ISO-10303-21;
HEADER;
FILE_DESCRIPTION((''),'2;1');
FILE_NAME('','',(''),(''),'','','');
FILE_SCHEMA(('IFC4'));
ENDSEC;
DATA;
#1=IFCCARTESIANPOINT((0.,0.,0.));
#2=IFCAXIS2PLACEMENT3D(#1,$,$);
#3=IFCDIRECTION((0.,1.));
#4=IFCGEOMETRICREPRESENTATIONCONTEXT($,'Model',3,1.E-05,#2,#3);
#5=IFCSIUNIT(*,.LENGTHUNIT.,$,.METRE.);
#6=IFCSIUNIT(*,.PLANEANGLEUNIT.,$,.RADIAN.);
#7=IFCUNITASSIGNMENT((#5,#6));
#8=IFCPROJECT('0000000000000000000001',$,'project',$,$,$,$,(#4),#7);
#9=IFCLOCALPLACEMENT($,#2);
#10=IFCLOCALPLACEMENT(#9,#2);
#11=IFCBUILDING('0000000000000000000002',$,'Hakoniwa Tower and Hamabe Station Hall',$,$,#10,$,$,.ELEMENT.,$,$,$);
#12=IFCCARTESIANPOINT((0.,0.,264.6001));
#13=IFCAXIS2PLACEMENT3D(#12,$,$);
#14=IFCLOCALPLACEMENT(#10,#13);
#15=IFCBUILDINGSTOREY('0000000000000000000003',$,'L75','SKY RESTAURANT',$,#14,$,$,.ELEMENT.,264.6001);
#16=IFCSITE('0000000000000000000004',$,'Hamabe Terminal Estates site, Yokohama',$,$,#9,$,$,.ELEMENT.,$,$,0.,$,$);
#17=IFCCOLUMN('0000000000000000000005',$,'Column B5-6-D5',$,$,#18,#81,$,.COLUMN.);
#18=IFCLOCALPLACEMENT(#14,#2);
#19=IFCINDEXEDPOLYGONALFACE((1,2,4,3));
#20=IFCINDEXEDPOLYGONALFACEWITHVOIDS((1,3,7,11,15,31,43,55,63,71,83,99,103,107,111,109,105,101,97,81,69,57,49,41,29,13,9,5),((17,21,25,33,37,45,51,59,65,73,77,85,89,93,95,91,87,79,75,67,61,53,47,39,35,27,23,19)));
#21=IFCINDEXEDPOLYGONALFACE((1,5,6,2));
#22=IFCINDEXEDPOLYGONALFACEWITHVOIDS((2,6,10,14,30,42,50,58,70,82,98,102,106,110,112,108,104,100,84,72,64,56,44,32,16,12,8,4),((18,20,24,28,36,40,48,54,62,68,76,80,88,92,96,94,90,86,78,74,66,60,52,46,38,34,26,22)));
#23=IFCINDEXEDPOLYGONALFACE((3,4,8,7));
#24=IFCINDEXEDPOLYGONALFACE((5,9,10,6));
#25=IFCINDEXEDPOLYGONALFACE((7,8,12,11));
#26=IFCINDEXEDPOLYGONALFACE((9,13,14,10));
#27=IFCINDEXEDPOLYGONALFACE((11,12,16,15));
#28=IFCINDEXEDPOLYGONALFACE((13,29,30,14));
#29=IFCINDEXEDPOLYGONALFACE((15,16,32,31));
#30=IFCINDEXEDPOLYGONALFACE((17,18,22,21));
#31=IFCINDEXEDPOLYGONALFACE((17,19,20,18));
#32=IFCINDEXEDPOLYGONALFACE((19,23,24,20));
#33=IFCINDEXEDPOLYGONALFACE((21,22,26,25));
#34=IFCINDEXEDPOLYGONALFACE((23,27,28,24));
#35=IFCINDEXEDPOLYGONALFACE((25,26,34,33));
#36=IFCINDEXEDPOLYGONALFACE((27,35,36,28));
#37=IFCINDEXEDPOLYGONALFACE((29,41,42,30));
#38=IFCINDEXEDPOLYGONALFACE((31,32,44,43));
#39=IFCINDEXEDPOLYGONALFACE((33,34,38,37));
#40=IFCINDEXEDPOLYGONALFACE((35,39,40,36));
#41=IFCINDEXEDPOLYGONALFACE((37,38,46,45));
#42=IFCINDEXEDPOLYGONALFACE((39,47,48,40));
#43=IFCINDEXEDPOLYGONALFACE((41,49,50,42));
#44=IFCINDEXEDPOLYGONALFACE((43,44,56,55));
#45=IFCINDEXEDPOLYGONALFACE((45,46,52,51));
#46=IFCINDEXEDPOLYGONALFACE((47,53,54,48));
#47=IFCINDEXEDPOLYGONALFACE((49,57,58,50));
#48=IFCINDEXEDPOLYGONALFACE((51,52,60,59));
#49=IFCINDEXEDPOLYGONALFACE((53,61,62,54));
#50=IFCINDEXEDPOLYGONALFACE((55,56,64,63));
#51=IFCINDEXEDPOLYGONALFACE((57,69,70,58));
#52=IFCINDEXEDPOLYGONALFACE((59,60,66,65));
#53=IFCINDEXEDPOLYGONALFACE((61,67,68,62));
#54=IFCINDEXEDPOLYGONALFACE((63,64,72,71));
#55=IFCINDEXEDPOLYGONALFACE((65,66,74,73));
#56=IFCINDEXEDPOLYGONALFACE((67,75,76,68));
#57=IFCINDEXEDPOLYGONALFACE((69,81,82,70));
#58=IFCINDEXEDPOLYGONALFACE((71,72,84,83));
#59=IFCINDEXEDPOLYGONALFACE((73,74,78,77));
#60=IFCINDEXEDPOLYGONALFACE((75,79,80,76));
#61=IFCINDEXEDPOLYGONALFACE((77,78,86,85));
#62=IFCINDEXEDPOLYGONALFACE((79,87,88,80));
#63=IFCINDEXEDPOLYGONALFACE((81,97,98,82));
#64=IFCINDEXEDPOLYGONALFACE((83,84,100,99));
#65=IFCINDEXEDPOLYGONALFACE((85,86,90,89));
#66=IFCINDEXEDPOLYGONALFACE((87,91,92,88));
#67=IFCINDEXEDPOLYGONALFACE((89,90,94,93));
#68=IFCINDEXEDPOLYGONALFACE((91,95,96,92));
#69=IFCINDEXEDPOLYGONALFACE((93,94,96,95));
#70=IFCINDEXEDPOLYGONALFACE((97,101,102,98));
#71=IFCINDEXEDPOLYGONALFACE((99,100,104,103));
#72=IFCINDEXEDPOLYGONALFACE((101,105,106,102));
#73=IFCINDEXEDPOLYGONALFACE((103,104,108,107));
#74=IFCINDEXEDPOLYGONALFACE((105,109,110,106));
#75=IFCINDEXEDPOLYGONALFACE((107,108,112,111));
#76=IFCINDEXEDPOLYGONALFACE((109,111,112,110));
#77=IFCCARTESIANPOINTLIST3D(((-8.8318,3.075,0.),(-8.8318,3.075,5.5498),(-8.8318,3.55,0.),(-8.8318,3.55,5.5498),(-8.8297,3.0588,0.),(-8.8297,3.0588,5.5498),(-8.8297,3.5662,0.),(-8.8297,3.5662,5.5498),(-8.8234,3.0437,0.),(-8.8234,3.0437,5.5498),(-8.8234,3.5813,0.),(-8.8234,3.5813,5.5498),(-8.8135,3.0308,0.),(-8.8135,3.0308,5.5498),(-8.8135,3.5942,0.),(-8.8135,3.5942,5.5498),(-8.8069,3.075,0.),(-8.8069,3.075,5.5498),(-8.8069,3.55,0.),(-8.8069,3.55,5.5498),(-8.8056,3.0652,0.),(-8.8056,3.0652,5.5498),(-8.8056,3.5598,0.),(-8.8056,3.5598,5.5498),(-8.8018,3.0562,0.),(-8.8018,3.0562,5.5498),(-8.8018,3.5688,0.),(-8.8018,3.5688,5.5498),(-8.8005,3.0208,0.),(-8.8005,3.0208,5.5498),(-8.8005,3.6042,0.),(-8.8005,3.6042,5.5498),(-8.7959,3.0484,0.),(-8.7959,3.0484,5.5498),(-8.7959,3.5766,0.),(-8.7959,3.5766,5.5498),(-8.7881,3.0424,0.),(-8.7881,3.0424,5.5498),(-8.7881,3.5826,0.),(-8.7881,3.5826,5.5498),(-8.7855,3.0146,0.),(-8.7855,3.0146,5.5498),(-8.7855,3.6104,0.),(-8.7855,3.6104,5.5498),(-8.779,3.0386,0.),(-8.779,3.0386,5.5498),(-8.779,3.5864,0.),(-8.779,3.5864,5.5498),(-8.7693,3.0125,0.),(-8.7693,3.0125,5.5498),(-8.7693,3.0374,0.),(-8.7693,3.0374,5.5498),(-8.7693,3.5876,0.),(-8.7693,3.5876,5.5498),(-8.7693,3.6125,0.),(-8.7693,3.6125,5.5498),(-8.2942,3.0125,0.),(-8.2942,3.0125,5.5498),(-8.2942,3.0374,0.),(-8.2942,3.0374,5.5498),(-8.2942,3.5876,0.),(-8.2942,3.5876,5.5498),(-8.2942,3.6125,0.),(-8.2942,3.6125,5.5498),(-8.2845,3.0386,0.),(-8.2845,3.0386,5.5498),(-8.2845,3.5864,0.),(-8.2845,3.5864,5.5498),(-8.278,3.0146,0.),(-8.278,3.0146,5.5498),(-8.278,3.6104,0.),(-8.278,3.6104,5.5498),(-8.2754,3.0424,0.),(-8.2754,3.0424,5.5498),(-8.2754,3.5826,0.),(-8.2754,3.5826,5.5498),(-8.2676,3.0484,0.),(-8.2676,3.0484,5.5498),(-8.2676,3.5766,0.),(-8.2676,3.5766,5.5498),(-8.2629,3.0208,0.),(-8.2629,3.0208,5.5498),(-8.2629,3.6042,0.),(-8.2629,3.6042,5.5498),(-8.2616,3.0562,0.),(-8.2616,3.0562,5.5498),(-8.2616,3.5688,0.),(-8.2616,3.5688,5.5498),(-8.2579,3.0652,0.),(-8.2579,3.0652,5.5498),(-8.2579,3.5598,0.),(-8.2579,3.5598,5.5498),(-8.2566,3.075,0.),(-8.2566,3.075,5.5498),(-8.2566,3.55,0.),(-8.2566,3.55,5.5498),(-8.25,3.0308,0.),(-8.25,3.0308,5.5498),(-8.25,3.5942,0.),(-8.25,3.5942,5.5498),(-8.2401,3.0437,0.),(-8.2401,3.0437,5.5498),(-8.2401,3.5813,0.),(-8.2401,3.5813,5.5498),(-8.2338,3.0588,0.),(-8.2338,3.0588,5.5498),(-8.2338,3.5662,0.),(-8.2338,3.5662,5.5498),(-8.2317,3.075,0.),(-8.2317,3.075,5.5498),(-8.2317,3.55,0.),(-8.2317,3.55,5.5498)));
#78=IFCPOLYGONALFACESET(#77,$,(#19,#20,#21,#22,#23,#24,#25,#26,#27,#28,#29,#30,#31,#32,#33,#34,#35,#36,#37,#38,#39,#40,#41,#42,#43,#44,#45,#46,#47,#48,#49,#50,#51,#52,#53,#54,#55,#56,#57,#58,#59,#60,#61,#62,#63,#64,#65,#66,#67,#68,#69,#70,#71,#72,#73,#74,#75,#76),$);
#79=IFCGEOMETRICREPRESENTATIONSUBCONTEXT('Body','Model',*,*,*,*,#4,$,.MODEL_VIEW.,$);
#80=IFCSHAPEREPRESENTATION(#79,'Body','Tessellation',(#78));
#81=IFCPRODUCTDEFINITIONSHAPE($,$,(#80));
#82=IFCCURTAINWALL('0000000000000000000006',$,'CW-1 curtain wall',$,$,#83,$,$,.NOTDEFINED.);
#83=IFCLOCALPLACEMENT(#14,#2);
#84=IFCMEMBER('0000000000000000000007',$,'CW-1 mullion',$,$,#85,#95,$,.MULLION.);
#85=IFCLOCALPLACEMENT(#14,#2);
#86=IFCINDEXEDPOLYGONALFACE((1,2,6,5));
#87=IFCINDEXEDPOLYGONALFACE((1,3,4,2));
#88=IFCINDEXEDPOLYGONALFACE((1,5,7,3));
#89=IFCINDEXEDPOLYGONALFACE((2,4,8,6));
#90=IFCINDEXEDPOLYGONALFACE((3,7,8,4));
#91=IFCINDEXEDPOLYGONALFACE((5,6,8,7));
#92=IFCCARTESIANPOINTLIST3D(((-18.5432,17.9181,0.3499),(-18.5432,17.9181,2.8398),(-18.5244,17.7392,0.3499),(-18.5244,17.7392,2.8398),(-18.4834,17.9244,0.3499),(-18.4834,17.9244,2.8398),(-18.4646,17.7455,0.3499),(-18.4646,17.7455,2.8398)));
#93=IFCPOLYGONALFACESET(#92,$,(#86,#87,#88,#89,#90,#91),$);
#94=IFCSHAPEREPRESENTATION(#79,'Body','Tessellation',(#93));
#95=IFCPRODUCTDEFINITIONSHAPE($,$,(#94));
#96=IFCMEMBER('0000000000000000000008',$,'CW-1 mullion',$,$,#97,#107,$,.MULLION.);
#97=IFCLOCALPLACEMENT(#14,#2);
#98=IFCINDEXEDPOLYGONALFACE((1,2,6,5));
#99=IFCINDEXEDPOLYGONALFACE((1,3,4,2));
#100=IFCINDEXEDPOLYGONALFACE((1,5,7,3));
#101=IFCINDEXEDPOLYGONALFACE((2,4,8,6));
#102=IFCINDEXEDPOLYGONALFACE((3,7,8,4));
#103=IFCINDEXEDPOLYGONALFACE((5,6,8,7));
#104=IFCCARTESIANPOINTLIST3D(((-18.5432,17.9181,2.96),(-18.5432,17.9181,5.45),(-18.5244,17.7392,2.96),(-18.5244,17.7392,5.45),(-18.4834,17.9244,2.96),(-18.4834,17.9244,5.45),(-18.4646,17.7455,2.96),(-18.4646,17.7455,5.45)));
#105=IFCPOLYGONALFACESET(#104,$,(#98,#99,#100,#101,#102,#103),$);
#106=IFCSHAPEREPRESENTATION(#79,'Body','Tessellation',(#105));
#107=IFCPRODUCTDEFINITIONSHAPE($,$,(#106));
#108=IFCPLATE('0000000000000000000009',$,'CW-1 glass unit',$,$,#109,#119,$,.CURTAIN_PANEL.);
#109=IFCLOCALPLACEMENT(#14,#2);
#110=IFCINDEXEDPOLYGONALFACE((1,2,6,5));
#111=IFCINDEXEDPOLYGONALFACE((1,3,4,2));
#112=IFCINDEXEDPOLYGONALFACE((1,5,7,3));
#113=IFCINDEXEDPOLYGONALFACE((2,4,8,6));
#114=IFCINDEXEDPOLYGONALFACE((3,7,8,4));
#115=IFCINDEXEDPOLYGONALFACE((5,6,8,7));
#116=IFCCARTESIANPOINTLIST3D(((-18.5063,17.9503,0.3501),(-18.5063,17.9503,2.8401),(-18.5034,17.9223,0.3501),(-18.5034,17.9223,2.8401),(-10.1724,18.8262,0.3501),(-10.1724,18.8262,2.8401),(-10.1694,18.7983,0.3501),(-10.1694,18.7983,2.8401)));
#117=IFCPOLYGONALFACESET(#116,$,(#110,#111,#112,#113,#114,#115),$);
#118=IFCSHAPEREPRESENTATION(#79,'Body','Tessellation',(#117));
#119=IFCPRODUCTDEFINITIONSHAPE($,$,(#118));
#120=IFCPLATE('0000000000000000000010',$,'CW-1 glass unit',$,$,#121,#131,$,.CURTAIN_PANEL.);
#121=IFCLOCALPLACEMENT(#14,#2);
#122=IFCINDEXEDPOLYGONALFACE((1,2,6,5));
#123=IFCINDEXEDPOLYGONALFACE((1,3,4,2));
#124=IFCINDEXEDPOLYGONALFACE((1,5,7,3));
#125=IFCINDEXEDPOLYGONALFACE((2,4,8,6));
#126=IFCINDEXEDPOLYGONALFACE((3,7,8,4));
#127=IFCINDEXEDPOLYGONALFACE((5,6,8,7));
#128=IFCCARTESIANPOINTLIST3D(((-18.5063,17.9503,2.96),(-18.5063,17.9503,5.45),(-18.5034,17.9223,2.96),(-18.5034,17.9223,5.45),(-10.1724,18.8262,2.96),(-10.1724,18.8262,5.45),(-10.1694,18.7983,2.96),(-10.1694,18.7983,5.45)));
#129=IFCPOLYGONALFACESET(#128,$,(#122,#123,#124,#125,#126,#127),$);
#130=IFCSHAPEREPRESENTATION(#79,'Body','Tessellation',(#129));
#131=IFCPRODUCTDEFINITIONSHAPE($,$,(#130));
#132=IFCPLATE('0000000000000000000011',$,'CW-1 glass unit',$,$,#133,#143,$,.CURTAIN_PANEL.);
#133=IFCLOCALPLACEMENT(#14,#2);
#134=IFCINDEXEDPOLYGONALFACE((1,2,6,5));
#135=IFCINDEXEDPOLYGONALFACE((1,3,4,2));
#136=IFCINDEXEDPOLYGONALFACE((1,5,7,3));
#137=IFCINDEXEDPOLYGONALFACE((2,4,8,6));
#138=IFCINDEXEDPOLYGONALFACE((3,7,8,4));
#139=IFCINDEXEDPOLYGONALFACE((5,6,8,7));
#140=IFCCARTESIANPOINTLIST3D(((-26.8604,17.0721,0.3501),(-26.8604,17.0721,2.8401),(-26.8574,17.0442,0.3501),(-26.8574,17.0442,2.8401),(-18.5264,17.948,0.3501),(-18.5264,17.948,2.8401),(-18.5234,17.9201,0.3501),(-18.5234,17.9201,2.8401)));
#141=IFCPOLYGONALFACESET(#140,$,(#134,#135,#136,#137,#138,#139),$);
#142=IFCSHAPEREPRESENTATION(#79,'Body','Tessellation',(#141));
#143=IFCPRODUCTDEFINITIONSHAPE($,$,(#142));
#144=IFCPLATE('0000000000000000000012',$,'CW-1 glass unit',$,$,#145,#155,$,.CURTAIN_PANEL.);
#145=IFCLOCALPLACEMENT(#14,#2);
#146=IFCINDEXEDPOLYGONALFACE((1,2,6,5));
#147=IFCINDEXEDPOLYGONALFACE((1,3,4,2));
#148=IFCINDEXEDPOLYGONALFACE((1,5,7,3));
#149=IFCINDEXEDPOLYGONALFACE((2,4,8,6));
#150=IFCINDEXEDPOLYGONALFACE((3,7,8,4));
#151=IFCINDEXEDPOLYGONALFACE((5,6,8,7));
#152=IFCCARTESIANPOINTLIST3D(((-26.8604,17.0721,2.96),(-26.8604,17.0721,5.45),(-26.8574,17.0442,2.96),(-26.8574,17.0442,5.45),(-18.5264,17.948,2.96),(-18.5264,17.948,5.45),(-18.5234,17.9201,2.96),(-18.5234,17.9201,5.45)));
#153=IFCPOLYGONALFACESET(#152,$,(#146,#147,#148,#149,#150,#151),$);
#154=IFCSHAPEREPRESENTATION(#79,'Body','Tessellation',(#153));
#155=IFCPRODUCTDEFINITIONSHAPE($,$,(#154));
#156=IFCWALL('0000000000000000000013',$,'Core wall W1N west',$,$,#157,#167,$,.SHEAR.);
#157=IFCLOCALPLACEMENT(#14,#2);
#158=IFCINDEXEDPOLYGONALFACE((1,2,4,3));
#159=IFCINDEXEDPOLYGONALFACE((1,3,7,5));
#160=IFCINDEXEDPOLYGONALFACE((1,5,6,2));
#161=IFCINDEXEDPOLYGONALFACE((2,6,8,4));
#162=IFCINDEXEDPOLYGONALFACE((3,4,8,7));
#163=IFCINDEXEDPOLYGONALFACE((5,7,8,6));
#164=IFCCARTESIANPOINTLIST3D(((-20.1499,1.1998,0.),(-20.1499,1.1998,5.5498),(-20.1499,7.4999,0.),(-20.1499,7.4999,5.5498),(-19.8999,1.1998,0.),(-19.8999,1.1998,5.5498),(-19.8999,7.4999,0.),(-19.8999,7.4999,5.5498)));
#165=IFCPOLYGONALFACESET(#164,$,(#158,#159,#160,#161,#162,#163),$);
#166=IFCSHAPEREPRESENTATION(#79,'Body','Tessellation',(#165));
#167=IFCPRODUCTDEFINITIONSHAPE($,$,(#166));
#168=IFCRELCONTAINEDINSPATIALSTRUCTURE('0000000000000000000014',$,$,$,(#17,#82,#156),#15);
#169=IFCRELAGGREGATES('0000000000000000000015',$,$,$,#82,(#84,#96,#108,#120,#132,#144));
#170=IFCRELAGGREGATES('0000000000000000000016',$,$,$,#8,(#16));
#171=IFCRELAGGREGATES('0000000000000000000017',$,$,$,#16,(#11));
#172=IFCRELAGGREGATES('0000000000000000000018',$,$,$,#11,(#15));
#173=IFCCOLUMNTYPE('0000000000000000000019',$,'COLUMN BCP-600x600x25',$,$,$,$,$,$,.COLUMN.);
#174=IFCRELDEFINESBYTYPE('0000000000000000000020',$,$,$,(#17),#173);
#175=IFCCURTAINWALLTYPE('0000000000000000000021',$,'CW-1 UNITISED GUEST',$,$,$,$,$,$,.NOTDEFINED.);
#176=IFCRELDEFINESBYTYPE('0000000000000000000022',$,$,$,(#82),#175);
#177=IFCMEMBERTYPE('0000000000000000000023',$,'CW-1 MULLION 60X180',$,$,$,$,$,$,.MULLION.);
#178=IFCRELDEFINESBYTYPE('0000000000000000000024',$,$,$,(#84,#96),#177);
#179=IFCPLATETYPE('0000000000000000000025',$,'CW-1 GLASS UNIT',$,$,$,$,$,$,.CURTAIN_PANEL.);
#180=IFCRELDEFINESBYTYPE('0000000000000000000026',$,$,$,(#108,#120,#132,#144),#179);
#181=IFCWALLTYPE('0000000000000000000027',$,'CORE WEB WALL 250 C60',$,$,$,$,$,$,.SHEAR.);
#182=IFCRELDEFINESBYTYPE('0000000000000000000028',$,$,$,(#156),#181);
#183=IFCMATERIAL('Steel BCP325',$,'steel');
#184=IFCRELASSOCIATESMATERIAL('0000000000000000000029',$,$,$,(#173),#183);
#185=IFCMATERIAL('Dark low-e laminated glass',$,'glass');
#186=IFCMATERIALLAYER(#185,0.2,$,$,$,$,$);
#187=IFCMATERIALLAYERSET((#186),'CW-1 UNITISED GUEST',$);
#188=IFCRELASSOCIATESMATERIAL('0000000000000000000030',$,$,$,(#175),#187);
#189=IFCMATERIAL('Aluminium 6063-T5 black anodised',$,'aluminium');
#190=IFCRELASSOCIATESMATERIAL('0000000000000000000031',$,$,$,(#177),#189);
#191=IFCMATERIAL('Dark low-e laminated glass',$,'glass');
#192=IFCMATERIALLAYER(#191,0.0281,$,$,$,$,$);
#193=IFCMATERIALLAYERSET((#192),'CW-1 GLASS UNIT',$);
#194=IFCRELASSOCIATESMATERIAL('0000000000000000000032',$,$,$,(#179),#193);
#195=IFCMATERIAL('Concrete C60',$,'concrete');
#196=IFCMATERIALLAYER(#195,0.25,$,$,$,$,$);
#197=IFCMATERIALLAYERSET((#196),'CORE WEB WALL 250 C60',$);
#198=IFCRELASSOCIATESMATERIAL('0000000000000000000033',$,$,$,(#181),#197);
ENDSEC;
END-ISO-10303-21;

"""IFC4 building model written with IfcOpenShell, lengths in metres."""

from ifc_helpers import new_model, si_unit, direction, frame, frame_2d, origin, origin_2d, place, context, subcontext, project, spatial, rectangle, hollow_rectangle, extrude, material, layer, layer_set, material_profile, profile_set, type_object, element, aggregate, save


model = new_model("IFC4")

# Units and contexts
model_context = context("Model", 3, precision=1e-05, world=origin(), true_north=direction((0.0, 1.0)))
body_context = subcontext(model_context, "Body", "Model", "MODEL_VIEW")
ifc_project = project(units=[si_unit("LENGTHUNIT", "METRE"), si_unit("PLANEANGLEUNIT", "RADIAN")], contexts=[model_context])

# Site, building, storey
site_placement = place(None, origin())
site = spatial("IfcSite", under=ifc_project, at=site_placement, Name="Hamabe Terminal Estates site, Yokohama", CompositionType="ELEMENT", RefElevation=0.0)
building_placement = place(site_placement, origin())
building = spatial("IfcBuilding", under=site, at=building_placement, Name="Hakoniwa Tower and Hamabe Station Hall", CompositionType="ELEMENT")
storey_placement = place(building_placement, frame((0.0, 0.0, 264.6001)))
storey = spatial("IfcBuildingStorey", under=building, at=storey_placement, Name="L75", Description="SKY RESTAURANT", CompositionType="ELEMENT", Elevation=264.6001)

# Column
ifc_material_1 = material(Name="Steel BCP325", Category="steel")
ifc_material_profile_1 = material_profile(ifc_material_1, hollow_rectangle(XDim=0.6001, YDim=0.6001, WallThickness=0.0249, InnerFilletRadius=0.0376, OuterFilletRadius=0.0625, at=origin_2d()), Name="BCP-600x600x25")
ifc_profile_set_1 = profile_set([ifc_material_profile_1], Name="Steel BCP325")
column_type_1 = type_object("IfcColumnType", Name="COLUMN BCP-600x600x25", PredefinedType="COLUMN", material=ifc_profile_set_1)
column_placement = place(storey_placement, frame((-8.5317, 3.3125, 0.0), z_axis=(0.0, 0.0, 1.0), x_axis=(1.0, 0.0, 0.0)))
element("IfcColumn", 1, at=column_placement, inside=storey, type_object=column_type_1, Name="Column B5-6-D5", PredefinedType="COLUMN", context=body_context, shape_type="SweptSolid", body=[
    extrude(hollow_rectangle(XDim=0.6001, YDim=0.6001, WallThickness=0.0249, InnerFilletRadius=0.0376, OuterFilletRadius=0.0625, at=origin_2d()), origin(), (0.0, 0.0, 1.0), 5.5498),
])

# Curtain wall, members, plates
ifc_material_2 = material(Name="Dark low-e laminated glass", Category="glass")
ifc_layer_1 = layer(ifc_material_2, 0.2)
ifc_layer_set_1 = layer_set([ifc_layer_1], Name="CW-1 UNITISED GUEST")
curtain_wall_type = type_object("IfcCurtainWallType", Name="CW-1 UNITISED GUEST", PredefinedType="NOTDEFINED", material=ifc_layer_set_1)
curtain_wall_placement = place(storey_placement, origin())
curtain_wall = element("IfcCurtainWall", 2, at=curtain_wall_placement, inside=storey, type_object=curtain_wall_type, Name="CW-1 curtain wall", PredefinedType="NOTDEFINED")
ifc_material_3 = material(Name="Aluminium 6063-T5 black anodised", Category="aluminium")
ifc_material_profile_2 = material_profile(ifc_material_3, rectangle(XDim=0.0601, YDim=0.1799, at=origin_2d()), Name="CW-1 MULLION 60X180")
ifc_profile_set_2 = profile_set([ifc_material_profile_2], Name="Aluminium 6063-T5 black anodised")
member_type = type_object("IfcMemberType", Name="CW-1 MULLION 60X180", PredefinedType="MULLION", material=ifc_profile_set_2)
member_1_placement = place(storey_placement, frame((-18.5039, 17.8318, 0.3499), z_axis=(0.0, 0.0, 1.0), x_axis=(-0.994522, -0.104528, 0.0)))
member_1 = element("IfcMember", 3, at=member_1_placement, type_object=member_type, Name="CW-1 mullion", PredefinedType="MULLION", context=body_context, shape_type="SweptSolid", body=[
    extrude(rectangle(XDim=0.0601, YDim=0.1799, at=origin_2d()), origin(), (0.0, 0.0, 1.0), 2.49),
])
member_2_placement = place(storey_placement, frame((-18.5039, 17.8318, 2.96), z_axis=(0.0, 0.0, 1.0), x_axis=(-0.994522, -0.104528, 0.0)))
member_2 = element("IfcMember", 4, at=member_2_placement, type_object=member_type, Name="CW-1 mullion", PredefinedType="MULLION", context=body_context, shape_type="SweptSolid", body=[
    extrude(rectangle(XDim=0.0601, YDim=0.1799, at=origin_2d()), origin(), (0.0, 0.0, 1.0), 2.49),
])
ifc_material_4 = material(Name="Dark low-e laminated glass", Category="glass")
ifc_layer_2 = layer(ifc_material_4, 0.0281)
ifc_layer_set_2 = layer_set([ifc_layer_2], Name="CW-1 GLASS UNIT")
plate_type = type_object("IfcPlateType", Name="CW-1 GLASS UNIT", PredefinedType="CURTAIN_PANEL", material=ifc_layer_set_2)
plate_1_placement = place(storey_placement, frame((-14.3379, 18.3743, 0.3501), z_axis=(0.0, 0.0, 1.0), x_axis=(-0.994522, -0.104528, 0.0)))
plate_1 = element("IfcPlate", 5, at=plate_1_placement, type_object=plate_type, Name="CW-1 glass unit", PredefinedType="CURTAIN_PANEL", context=body_context, shape_type="SweptSolid", body=[
    extrude(rectangle(XDim=8.3799, YDim=0.0281, at=origin_2d()), origin(), (0.0, 0.0, 1.0), 2.49),
])
plate_2_placement = place(storey_placement, frame((-14.3379, 18.3743, 2.96), z_axis=(0.0, 0.0, 1.0), x_axis=(-0.994522, -0.104528, 0.0)))
plate_2 = element("IfcPlate", 6, at=plate_2_placement, type_object=plate_type, Name="CW-1 glass unit", PredefinedType="CURTAIN_PANEL", context=body_context, shape_type="SweptSolid", body=[
    extrude(rectangle(XDim=8.3799, YDim=0.0281, at=origin_2d()), origin(), (0.0, 0.0, 1.0), 2.49),
])
plate_3_placement = place(storey_placement, frame((-22.6919, 17.4961, 0.3501), z_axis=(0.0, 0.0, 1.0), x_axis=(-0.994522, -0.104528, 0.0)))
plate_3 = element("IfcPlate", 7, at=plate_3_placement, type_object=plate_type, Name="CW-1 glass unit", PredefinedType="CURTAIN_PANEL", context=body_context, shape_type="SweptSolid", body=[
    extrude(rectangle(XDim=8.3799, YDim=0.0281, at=origin_2d()), origin(), (0.0, 0.0, 1.0), 2.49),
])
plate_4_placement = place(storey_placement, frame((-22.6919, 17.4961, 2.96), z_axis=(0.0, 0.0, 1.0), x_axis=(-0.994522, -0.104528, 0.0)))
plate_4 = element("IfcPlate", 8, at=plate_4_placement, type_object=plate_type, Name="CW-1 glass unit", PredefinedType="CURTAIN_PANEL", context=body_context, shape_type="SweptSolid", body=[
    extrude(rectangle(XDim=8.3799, YDim=0.0281, at=origin_2d()), origin(), (0.0, 0.0, 1.0), 2.49),
])
aggregate(curtain_wall, [member_1, member_2, plate_1, plate_2, plate_3, plate_4])

# Wall
ifc_material_5 = material(Name="Concrete C60", Category="concrete")
ifc_layer_3 = layer(ifc_material_5, 0.25)
ifc_layer_set_3 = layer_set([ifc_layer_3], Name="CORE WEB WALL 250 C60")
wall_type_1 = type_object("IfcWallType", Name="CORE WEB WALL 250 C60", PredefinedType="SHEAR", material=ifc_layer_set_3)
wall_1_placement = place(storey_placement, frame((-20.0249, 1.2, 0.0), z_axis=(0.0, 0.0, 1.0), x_axis=(0.0, 1.0, 0.0)))
element("IfcWall", 9, at=wall_1_placement, inside=storey, type_object=wall_type_1, Name="Core wall W1N west", PredefinedType="SHEAR", context=body_context, shape_type="SweptSolid", body=[
    extrude(rectangle(XDim=6.3, YDim=0.25, at=frame_2d((3.1499, 0.0))), origin(), (0.0, 0.0, 1.0), 5.5498),
])

save(model, "model.ifc")
